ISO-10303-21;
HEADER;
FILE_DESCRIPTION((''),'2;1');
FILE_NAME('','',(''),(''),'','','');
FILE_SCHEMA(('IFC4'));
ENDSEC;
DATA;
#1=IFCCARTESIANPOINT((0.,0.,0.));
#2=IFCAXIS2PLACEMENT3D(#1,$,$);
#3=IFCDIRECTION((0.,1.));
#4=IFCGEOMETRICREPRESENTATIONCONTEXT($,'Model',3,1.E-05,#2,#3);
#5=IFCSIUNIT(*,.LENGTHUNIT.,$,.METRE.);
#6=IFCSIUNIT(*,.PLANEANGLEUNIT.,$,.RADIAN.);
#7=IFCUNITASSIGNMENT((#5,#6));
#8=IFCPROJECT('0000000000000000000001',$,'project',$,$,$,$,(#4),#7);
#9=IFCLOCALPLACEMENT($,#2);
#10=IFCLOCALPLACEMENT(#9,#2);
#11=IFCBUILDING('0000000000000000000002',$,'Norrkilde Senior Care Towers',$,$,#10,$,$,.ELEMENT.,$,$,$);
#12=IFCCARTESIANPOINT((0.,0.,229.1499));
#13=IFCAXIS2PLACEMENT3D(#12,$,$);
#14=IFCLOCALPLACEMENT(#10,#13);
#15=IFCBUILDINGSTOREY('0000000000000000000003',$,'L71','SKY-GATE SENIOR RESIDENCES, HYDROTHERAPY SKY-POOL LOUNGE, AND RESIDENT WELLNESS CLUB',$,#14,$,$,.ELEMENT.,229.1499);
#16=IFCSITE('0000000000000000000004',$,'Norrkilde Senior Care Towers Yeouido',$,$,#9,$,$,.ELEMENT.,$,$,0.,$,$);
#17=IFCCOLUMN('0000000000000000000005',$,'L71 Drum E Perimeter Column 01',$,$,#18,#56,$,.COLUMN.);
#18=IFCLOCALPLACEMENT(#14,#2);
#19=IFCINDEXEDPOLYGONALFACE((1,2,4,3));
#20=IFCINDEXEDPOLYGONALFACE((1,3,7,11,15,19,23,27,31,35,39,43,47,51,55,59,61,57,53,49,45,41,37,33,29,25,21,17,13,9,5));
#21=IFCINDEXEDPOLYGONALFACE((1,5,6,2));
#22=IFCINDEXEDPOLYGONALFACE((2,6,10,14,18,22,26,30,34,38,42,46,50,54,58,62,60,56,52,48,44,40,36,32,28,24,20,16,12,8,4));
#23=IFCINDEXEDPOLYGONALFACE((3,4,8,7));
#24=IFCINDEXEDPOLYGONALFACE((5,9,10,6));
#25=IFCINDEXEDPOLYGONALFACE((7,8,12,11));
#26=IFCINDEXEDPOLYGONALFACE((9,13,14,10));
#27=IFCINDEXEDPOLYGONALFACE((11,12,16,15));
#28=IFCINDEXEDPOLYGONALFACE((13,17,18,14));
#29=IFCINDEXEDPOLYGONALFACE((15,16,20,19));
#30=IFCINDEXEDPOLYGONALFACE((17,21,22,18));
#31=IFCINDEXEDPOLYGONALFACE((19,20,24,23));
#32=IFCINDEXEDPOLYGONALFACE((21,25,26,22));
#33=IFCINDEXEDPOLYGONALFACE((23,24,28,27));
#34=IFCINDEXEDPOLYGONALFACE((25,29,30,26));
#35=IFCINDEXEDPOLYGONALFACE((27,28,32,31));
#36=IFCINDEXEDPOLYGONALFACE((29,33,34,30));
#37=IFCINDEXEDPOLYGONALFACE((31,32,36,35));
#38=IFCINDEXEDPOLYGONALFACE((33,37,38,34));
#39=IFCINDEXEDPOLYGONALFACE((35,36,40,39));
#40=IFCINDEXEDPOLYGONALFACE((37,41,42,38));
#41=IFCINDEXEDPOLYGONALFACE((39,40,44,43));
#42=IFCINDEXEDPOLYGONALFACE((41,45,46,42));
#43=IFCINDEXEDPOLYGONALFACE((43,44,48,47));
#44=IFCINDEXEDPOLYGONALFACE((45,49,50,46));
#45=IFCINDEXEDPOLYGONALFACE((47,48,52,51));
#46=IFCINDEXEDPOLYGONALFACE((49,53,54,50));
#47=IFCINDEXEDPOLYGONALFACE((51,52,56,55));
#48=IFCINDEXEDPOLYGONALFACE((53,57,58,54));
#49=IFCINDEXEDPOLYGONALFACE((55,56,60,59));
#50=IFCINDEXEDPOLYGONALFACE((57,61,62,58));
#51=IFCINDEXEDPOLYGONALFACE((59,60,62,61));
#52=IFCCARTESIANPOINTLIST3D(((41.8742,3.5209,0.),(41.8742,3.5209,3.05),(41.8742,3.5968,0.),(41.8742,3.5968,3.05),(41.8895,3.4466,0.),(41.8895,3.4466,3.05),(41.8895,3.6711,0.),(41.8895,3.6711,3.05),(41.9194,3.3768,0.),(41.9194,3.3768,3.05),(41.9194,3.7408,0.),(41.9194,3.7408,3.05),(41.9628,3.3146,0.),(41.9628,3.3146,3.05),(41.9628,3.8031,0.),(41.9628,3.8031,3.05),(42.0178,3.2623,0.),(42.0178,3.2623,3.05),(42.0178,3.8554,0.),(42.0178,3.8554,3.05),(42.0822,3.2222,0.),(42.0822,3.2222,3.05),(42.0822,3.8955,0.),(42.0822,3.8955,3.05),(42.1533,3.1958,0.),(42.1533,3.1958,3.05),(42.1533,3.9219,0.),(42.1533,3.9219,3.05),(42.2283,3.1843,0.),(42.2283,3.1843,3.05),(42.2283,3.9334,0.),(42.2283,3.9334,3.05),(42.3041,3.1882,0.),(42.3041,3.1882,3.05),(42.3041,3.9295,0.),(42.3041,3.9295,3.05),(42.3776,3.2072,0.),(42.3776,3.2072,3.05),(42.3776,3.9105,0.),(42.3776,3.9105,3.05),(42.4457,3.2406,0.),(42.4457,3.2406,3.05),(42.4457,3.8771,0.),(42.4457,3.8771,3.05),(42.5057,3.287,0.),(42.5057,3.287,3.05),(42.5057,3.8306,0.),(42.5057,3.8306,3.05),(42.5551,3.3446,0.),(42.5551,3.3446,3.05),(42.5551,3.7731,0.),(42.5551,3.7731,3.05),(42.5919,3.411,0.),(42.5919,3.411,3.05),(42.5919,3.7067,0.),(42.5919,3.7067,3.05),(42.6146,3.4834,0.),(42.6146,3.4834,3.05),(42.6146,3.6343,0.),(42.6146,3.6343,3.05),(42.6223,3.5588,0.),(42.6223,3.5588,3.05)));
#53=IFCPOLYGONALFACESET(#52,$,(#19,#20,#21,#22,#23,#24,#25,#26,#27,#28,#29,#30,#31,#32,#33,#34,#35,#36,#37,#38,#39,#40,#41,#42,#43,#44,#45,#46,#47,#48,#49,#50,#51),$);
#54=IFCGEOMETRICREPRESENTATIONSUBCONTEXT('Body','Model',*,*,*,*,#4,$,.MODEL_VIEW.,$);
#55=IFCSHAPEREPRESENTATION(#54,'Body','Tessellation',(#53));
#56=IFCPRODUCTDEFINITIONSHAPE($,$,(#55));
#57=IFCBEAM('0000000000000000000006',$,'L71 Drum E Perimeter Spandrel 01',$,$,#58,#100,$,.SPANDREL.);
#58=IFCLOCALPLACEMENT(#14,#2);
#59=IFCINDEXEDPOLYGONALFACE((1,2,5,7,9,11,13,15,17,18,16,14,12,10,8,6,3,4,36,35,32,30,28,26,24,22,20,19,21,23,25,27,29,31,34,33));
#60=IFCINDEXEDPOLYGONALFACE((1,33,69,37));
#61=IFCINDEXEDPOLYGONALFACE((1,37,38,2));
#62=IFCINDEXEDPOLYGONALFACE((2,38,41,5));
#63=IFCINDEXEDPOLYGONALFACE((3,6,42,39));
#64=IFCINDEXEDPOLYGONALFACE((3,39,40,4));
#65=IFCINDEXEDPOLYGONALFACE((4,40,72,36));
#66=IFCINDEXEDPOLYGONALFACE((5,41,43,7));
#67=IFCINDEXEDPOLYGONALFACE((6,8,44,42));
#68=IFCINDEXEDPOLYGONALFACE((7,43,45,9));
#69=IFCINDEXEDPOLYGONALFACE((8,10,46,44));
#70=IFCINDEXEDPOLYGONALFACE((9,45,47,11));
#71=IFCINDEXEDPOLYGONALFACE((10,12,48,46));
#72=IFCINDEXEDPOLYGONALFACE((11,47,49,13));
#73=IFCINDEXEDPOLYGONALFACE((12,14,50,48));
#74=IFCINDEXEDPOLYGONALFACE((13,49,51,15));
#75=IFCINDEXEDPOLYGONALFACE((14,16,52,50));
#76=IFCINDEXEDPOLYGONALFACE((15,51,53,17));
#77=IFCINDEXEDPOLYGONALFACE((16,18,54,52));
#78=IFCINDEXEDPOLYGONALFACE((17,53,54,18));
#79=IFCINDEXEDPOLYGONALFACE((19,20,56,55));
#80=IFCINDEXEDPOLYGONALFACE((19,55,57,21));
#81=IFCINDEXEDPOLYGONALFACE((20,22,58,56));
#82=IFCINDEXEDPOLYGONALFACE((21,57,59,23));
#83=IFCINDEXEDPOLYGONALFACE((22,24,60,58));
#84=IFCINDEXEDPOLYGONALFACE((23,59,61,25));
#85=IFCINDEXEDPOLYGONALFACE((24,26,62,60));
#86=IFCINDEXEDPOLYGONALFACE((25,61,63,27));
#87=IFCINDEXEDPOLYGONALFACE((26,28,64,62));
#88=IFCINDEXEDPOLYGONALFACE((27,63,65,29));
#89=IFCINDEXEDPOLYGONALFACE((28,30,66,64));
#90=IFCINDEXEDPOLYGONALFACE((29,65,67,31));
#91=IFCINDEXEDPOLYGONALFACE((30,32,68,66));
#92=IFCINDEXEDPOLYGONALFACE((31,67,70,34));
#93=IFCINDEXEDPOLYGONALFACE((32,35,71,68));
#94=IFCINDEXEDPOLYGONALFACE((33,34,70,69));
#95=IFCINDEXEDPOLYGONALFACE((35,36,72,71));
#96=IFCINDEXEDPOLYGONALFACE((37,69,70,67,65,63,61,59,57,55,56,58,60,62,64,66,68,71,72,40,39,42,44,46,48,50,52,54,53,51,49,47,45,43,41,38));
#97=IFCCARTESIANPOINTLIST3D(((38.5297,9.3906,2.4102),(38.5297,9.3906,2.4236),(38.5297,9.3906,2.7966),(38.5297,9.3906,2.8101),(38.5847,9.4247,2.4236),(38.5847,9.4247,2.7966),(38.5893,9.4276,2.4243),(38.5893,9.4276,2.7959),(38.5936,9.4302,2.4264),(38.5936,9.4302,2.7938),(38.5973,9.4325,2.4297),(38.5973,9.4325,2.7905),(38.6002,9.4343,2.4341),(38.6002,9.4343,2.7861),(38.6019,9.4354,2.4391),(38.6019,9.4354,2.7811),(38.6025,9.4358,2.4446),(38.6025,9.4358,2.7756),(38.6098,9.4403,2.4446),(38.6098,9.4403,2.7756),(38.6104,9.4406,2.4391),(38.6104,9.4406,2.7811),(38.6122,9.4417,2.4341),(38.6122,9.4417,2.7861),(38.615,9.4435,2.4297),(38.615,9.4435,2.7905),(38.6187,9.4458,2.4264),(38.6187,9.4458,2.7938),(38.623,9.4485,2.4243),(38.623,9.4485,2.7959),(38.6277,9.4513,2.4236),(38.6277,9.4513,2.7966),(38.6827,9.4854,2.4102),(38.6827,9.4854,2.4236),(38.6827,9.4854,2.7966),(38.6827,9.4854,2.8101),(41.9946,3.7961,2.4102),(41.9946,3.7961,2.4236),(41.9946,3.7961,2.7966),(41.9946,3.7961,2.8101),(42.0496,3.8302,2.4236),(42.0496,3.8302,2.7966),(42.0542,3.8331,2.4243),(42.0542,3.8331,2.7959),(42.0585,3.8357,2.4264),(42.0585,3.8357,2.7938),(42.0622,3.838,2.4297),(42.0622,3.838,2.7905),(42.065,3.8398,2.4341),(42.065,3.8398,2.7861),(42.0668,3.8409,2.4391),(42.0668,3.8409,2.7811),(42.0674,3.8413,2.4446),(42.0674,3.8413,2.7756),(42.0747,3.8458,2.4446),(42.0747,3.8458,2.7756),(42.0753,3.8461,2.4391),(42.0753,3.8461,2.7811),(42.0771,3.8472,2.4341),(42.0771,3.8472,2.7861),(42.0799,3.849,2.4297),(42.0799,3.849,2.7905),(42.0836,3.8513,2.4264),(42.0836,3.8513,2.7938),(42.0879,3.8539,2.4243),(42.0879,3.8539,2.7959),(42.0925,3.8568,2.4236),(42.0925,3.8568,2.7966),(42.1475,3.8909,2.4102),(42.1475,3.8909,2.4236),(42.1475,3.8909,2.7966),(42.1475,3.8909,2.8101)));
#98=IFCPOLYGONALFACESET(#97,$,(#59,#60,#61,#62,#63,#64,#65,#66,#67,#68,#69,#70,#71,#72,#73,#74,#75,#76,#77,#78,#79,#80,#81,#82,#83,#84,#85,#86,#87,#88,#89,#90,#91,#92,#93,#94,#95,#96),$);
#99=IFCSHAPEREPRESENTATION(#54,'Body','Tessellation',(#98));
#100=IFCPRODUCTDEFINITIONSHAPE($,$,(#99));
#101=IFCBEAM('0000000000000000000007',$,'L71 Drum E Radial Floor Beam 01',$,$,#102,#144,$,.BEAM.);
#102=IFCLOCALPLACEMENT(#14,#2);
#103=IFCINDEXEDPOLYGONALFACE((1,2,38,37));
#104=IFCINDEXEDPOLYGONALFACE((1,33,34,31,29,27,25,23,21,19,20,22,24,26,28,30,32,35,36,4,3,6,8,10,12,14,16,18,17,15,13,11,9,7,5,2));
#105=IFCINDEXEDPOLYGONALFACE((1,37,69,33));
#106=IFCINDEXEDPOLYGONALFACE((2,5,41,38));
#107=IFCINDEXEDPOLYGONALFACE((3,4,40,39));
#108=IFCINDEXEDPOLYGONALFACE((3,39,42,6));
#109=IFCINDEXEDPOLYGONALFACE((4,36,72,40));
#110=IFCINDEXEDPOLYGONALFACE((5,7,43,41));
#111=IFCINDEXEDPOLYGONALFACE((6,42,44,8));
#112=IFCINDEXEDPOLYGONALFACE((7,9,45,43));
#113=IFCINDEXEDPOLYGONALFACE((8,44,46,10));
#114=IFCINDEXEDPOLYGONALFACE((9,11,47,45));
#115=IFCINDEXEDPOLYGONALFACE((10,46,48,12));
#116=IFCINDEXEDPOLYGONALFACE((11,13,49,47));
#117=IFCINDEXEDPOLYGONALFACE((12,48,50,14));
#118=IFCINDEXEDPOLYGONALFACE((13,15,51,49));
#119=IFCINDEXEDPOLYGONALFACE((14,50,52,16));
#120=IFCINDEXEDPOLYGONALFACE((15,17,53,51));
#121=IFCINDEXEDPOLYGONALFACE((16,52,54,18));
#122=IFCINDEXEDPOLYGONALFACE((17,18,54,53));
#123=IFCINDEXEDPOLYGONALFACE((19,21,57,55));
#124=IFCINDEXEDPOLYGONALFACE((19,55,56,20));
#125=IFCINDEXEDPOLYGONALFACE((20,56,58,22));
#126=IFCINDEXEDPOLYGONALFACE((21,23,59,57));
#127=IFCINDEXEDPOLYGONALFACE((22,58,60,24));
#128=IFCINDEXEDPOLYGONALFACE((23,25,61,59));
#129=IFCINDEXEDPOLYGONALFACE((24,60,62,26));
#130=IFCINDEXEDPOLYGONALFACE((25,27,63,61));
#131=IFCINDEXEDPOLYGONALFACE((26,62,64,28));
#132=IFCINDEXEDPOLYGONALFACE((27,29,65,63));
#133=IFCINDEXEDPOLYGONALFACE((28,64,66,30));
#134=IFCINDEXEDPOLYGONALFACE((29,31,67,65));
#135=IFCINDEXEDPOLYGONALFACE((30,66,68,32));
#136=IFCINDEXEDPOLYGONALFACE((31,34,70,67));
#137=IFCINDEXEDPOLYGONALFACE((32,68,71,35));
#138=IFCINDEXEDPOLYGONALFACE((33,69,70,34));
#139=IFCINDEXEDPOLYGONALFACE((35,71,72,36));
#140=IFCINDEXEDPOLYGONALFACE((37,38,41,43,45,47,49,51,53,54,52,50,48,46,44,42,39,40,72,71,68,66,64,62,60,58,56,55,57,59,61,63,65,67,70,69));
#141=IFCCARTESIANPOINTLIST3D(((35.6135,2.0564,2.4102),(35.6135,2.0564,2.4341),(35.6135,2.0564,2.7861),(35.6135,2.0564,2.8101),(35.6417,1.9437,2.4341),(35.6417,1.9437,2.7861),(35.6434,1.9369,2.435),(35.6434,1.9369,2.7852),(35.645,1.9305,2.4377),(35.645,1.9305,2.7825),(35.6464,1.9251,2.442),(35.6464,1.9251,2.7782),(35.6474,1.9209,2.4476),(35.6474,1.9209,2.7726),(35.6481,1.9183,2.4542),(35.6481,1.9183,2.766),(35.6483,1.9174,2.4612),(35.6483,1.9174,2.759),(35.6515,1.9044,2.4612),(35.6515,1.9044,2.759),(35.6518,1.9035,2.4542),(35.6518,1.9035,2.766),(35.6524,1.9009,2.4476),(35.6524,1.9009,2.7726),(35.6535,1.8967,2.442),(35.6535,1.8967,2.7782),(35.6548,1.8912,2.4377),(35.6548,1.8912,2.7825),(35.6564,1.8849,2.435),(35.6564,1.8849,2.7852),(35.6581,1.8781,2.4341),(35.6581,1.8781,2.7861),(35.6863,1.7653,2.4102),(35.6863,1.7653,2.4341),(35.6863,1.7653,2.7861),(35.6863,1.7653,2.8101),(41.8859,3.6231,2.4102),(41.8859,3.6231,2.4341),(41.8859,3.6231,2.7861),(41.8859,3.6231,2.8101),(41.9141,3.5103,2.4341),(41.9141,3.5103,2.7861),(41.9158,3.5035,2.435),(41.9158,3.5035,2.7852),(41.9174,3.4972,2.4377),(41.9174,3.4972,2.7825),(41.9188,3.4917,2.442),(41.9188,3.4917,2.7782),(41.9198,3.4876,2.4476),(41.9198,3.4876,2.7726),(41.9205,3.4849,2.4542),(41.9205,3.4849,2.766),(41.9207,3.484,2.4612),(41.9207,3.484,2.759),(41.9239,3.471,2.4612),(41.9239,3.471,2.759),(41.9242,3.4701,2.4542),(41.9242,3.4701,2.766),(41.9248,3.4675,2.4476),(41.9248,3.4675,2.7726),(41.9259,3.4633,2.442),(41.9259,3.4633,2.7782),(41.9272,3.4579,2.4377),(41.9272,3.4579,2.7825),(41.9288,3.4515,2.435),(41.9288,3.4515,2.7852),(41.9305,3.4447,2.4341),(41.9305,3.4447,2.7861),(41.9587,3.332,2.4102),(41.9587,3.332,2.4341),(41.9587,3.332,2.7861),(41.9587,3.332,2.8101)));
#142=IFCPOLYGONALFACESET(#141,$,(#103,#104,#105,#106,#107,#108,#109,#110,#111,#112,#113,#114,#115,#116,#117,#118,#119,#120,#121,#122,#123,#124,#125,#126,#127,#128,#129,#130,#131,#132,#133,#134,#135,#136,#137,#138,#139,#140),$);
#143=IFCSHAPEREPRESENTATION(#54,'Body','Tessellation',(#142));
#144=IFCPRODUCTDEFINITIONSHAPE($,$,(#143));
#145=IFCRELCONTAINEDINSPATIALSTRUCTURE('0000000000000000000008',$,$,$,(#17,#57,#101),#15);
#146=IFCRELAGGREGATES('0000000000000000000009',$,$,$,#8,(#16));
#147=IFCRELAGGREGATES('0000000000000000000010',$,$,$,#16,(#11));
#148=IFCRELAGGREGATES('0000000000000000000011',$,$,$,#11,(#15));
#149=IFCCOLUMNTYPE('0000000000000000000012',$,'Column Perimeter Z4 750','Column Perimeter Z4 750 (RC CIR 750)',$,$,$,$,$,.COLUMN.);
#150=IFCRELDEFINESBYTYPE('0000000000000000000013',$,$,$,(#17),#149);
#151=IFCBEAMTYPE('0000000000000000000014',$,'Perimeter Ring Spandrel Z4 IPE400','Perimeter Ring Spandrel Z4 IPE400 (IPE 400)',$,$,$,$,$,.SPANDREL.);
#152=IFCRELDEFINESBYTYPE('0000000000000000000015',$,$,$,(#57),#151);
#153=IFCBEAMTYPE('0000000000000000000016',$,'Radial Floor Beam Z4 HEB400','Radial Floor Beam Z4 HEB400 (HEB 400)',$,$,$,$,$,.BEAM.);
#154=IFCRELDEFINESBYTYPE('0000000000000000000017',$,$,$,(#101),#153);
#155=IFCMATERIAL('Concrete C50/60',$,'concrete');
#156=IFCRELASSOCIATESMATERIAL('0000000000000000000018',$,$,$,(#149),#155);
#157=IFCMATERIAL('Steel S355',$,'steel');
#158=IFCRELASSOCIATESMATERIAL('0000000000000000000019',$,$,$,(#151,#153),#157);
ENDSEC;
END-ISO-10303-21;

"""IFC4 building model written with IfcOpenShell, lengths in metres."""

from ifc_helpers import new_model, si_unit, direction, frame, origin, origin_2d, place, context, subcontext, project, spatial, circle, i_section, extrude, source, transform, mapped, material, material_profile, profile_set, type_object, type_shapes, element, save


model = new_model("IFC4")

# Units and contexts
model_context = context("Model", 3, precision=1e-05, world=origin(), true_north=direction((0.0, 1.0)))
body_context = subcontext(model_context, "Body", "Model", "MODEL_VIEW")
ifc_project = project(units=[si_unit("LENGTHUNIT", "METRE"), si_unit("PLANEANGLEUNIT", "RADIAN")], contexts=[model_context])

# Site, building, storey
site_placement = place(None, origin())
site = spatial("IfcSite", under=ifc_project, at=site_placement, Name="Norrkilde Senior Care Towers Yeouido", CompositionType="ELEMENT", RefElevation=0.0)
building_placement = place(site_placement, origin())
building = spatial("IfcBuilding", under=site, at=building_placement, Name="Norrkilde Senior Care Towers", CompositionType="ELEMENT")
storey_placement = place(building_placement, frame((0.0, 0.0, 229.1499)))
storey = spatial("IfcBuildingStorey", under=building, at=storey_placement, Name="L71", Description="SKY-GATE SENIOR RESIDENCES, HYDROTHERAPY SKY-POOL LOUNGE, AND RESIDENT WELLNESS CLUB", CompositionType="ELEMENT", Elevation=229.1499)

# Column
ifc_material_1 = material(Name="Concrete C50/60", Category="concrete")
ifc_material_profile_1 = material_profile(ifc_material_1, circle(Radius=0.375, at=origin_2d()), Name="RC CIR 750")
ifc_profile_set_1 = profile_set([ifc_material_profile_1], Name="Concrete C50/60")
column_type = type_object("IfcColumnType", Name="Column Perimeter Z4 750", Description="Column Perimeter Z4 750 (RC CIR 750)", PredefinedType="COLUMN", material=ifc_profile_set_1)
shared_shape_1 = source(origin(), body_context, "Body", "SweptSolid", [
    extrude(circle(Radius=0.375, at=origin_2d()), origin(), (0.0, 0.0, 1.0), 3.05),
])
type_shapes(column_type, [shared_shape_1])
column_placement = place(storey_placement, frame((42.2473, 3.5588, 0.0), z_axis=(0.0, 0.0, 1.0), x_axis=(1.0, 0.0, 0.0)))
element("IfcColumn", 1, at=column_placement, inside=storey, type_object=column_type, Name="L71 Drum E Perimeter Column 01", PredefinedType="COLUMN", context=body_context, shape_type="MappedRepresentation", body=[
    mapped(shared_shape_1, transform((0.0, 0.0, 0.0), x_axis=(1.0, 0.0, 0.0), y_axis=(0.0, 1.0, 0.0), z_axis=(0.0, 0.0, 1.0), scale=1.0)),
])

# Beams
ifc_material_2 = material(Name="Steel S355", Category="steel")
ifc_material_profile_2 = material_profile(ifc_material_2, i_section(OverallWidth=0.1799, OverallDepth=0.3999, WebThickness=0.0085, FlangeThickness=0.0134, FilletRadius=0.021, at=origin_2d()), Name="IPE 400")
ifc_profile_set_2 = profile_set([ifc_material_profile_2], Name="Steel S355")
beam_type_1 = type_object("IfcBeamType", Name="Perimeter Ring Spandrel Z4 IPE400", Description="Perimeter Ring Spandrel Z4 IPE400 (IPE 400)", PredefinedType="SPANDREL", material=ifc_profile_set_2)
shared_shape_2 = source(origin(), body_context, "Body", "SweptSolid", [
    extrude(i_section(OverallWidth=0.1799, OverallDepth=0.3999, WebThickness=0.0085, FlangeThickness=0.0134, FilletRadius=0.021, at=origin_2d()), origin(), (0.0, 0.0, 1.0), 6.5806),
])
type_shapes(beam_type_1, [shared_shape_2])
beam_1_placement = place(storey_placement, frame((42.071, 3.8435, 2.6101), z_axis=(-0.52653, 0.850157, 0.0), x_axis=(-0.850157, -0.52653, 0.0)))
element("IfcBeam", 2, at=beam_1_placement, inside=storey, type_object=beam_type_1, Name="L71 Drum E Perimeter Spandrel 01", PredefinedType="SPANDREL", context=body_context, shape_type="MappedRepresentation", body=[
    mapped(shared_shape_2, transform((0.0, 0.0, 0.0), x_axis=(1.0, 0.0, 0.0), y_axis=(0.0, 1.0, 0.0), z_axis=(0.0, 0.0, 1.0), scale=1.0)),
])
ifc_material_profile_3 = material_profile(ifc_material_2, i_section(OverallWidth=0.3, OverallDepth=0.3999, WebThickness=0.0134, FlangeThickness=0.0239, FilletRadius=0.0271, at=origin_2d()), Name="HEB 400")
ifc_profile_set_3 = profile_set([ifc_material_profile_3], Name="Steel S355")
beam_type_2 = type_object("IfcBeamType", Name="Radial Floor Beam Z4 HEB400", Description="Radial Floor Beam Z4 HEB400 (HEB 400)", PredefinedType="BEAM", material=ifc_profile_set_3)
shared_shape_3 = source(origin(), body_context, "Body", "SweptSolid", [
    extrude(i_section(OverallWidth=0.3, OverallDepth=0.3999, WebThickness=0.0134, FlangeThickness=0.0239, FilletRadius=0.0271, at=origin_2d()), origin(), (0.0, 0.0, 1.0), 6.4651),
])
type_shapes(beam_type_2, [shared_shape_3])
beam_2_placement = place(storey_placement, frame((35.6499, 1.9109, 2.6101), z_axis=(0.970196, 0.242322, 0.0), x_axis=(-0.242322, 0.970196, 0.0)))
element("IfcBeam", 3, at=beam_2_placement, inside=storey, type_object=beam_type_2, Name="L71 Drum E Radial Floor Beam 01", PredefinedType="BEAM", context=body_context, shape_type="MappedRepresentation", body=[
    mapped(shared_shape_3, transform((0.0, 0.0, 0.0), x_axis=(1.0, 0.0, 0.0), y_axis=(0.0, 1.0, 0.0), z_axis=(0.0, 0.0, 1.0), scale=1.0)),
])

save(model, "model.ifc")
